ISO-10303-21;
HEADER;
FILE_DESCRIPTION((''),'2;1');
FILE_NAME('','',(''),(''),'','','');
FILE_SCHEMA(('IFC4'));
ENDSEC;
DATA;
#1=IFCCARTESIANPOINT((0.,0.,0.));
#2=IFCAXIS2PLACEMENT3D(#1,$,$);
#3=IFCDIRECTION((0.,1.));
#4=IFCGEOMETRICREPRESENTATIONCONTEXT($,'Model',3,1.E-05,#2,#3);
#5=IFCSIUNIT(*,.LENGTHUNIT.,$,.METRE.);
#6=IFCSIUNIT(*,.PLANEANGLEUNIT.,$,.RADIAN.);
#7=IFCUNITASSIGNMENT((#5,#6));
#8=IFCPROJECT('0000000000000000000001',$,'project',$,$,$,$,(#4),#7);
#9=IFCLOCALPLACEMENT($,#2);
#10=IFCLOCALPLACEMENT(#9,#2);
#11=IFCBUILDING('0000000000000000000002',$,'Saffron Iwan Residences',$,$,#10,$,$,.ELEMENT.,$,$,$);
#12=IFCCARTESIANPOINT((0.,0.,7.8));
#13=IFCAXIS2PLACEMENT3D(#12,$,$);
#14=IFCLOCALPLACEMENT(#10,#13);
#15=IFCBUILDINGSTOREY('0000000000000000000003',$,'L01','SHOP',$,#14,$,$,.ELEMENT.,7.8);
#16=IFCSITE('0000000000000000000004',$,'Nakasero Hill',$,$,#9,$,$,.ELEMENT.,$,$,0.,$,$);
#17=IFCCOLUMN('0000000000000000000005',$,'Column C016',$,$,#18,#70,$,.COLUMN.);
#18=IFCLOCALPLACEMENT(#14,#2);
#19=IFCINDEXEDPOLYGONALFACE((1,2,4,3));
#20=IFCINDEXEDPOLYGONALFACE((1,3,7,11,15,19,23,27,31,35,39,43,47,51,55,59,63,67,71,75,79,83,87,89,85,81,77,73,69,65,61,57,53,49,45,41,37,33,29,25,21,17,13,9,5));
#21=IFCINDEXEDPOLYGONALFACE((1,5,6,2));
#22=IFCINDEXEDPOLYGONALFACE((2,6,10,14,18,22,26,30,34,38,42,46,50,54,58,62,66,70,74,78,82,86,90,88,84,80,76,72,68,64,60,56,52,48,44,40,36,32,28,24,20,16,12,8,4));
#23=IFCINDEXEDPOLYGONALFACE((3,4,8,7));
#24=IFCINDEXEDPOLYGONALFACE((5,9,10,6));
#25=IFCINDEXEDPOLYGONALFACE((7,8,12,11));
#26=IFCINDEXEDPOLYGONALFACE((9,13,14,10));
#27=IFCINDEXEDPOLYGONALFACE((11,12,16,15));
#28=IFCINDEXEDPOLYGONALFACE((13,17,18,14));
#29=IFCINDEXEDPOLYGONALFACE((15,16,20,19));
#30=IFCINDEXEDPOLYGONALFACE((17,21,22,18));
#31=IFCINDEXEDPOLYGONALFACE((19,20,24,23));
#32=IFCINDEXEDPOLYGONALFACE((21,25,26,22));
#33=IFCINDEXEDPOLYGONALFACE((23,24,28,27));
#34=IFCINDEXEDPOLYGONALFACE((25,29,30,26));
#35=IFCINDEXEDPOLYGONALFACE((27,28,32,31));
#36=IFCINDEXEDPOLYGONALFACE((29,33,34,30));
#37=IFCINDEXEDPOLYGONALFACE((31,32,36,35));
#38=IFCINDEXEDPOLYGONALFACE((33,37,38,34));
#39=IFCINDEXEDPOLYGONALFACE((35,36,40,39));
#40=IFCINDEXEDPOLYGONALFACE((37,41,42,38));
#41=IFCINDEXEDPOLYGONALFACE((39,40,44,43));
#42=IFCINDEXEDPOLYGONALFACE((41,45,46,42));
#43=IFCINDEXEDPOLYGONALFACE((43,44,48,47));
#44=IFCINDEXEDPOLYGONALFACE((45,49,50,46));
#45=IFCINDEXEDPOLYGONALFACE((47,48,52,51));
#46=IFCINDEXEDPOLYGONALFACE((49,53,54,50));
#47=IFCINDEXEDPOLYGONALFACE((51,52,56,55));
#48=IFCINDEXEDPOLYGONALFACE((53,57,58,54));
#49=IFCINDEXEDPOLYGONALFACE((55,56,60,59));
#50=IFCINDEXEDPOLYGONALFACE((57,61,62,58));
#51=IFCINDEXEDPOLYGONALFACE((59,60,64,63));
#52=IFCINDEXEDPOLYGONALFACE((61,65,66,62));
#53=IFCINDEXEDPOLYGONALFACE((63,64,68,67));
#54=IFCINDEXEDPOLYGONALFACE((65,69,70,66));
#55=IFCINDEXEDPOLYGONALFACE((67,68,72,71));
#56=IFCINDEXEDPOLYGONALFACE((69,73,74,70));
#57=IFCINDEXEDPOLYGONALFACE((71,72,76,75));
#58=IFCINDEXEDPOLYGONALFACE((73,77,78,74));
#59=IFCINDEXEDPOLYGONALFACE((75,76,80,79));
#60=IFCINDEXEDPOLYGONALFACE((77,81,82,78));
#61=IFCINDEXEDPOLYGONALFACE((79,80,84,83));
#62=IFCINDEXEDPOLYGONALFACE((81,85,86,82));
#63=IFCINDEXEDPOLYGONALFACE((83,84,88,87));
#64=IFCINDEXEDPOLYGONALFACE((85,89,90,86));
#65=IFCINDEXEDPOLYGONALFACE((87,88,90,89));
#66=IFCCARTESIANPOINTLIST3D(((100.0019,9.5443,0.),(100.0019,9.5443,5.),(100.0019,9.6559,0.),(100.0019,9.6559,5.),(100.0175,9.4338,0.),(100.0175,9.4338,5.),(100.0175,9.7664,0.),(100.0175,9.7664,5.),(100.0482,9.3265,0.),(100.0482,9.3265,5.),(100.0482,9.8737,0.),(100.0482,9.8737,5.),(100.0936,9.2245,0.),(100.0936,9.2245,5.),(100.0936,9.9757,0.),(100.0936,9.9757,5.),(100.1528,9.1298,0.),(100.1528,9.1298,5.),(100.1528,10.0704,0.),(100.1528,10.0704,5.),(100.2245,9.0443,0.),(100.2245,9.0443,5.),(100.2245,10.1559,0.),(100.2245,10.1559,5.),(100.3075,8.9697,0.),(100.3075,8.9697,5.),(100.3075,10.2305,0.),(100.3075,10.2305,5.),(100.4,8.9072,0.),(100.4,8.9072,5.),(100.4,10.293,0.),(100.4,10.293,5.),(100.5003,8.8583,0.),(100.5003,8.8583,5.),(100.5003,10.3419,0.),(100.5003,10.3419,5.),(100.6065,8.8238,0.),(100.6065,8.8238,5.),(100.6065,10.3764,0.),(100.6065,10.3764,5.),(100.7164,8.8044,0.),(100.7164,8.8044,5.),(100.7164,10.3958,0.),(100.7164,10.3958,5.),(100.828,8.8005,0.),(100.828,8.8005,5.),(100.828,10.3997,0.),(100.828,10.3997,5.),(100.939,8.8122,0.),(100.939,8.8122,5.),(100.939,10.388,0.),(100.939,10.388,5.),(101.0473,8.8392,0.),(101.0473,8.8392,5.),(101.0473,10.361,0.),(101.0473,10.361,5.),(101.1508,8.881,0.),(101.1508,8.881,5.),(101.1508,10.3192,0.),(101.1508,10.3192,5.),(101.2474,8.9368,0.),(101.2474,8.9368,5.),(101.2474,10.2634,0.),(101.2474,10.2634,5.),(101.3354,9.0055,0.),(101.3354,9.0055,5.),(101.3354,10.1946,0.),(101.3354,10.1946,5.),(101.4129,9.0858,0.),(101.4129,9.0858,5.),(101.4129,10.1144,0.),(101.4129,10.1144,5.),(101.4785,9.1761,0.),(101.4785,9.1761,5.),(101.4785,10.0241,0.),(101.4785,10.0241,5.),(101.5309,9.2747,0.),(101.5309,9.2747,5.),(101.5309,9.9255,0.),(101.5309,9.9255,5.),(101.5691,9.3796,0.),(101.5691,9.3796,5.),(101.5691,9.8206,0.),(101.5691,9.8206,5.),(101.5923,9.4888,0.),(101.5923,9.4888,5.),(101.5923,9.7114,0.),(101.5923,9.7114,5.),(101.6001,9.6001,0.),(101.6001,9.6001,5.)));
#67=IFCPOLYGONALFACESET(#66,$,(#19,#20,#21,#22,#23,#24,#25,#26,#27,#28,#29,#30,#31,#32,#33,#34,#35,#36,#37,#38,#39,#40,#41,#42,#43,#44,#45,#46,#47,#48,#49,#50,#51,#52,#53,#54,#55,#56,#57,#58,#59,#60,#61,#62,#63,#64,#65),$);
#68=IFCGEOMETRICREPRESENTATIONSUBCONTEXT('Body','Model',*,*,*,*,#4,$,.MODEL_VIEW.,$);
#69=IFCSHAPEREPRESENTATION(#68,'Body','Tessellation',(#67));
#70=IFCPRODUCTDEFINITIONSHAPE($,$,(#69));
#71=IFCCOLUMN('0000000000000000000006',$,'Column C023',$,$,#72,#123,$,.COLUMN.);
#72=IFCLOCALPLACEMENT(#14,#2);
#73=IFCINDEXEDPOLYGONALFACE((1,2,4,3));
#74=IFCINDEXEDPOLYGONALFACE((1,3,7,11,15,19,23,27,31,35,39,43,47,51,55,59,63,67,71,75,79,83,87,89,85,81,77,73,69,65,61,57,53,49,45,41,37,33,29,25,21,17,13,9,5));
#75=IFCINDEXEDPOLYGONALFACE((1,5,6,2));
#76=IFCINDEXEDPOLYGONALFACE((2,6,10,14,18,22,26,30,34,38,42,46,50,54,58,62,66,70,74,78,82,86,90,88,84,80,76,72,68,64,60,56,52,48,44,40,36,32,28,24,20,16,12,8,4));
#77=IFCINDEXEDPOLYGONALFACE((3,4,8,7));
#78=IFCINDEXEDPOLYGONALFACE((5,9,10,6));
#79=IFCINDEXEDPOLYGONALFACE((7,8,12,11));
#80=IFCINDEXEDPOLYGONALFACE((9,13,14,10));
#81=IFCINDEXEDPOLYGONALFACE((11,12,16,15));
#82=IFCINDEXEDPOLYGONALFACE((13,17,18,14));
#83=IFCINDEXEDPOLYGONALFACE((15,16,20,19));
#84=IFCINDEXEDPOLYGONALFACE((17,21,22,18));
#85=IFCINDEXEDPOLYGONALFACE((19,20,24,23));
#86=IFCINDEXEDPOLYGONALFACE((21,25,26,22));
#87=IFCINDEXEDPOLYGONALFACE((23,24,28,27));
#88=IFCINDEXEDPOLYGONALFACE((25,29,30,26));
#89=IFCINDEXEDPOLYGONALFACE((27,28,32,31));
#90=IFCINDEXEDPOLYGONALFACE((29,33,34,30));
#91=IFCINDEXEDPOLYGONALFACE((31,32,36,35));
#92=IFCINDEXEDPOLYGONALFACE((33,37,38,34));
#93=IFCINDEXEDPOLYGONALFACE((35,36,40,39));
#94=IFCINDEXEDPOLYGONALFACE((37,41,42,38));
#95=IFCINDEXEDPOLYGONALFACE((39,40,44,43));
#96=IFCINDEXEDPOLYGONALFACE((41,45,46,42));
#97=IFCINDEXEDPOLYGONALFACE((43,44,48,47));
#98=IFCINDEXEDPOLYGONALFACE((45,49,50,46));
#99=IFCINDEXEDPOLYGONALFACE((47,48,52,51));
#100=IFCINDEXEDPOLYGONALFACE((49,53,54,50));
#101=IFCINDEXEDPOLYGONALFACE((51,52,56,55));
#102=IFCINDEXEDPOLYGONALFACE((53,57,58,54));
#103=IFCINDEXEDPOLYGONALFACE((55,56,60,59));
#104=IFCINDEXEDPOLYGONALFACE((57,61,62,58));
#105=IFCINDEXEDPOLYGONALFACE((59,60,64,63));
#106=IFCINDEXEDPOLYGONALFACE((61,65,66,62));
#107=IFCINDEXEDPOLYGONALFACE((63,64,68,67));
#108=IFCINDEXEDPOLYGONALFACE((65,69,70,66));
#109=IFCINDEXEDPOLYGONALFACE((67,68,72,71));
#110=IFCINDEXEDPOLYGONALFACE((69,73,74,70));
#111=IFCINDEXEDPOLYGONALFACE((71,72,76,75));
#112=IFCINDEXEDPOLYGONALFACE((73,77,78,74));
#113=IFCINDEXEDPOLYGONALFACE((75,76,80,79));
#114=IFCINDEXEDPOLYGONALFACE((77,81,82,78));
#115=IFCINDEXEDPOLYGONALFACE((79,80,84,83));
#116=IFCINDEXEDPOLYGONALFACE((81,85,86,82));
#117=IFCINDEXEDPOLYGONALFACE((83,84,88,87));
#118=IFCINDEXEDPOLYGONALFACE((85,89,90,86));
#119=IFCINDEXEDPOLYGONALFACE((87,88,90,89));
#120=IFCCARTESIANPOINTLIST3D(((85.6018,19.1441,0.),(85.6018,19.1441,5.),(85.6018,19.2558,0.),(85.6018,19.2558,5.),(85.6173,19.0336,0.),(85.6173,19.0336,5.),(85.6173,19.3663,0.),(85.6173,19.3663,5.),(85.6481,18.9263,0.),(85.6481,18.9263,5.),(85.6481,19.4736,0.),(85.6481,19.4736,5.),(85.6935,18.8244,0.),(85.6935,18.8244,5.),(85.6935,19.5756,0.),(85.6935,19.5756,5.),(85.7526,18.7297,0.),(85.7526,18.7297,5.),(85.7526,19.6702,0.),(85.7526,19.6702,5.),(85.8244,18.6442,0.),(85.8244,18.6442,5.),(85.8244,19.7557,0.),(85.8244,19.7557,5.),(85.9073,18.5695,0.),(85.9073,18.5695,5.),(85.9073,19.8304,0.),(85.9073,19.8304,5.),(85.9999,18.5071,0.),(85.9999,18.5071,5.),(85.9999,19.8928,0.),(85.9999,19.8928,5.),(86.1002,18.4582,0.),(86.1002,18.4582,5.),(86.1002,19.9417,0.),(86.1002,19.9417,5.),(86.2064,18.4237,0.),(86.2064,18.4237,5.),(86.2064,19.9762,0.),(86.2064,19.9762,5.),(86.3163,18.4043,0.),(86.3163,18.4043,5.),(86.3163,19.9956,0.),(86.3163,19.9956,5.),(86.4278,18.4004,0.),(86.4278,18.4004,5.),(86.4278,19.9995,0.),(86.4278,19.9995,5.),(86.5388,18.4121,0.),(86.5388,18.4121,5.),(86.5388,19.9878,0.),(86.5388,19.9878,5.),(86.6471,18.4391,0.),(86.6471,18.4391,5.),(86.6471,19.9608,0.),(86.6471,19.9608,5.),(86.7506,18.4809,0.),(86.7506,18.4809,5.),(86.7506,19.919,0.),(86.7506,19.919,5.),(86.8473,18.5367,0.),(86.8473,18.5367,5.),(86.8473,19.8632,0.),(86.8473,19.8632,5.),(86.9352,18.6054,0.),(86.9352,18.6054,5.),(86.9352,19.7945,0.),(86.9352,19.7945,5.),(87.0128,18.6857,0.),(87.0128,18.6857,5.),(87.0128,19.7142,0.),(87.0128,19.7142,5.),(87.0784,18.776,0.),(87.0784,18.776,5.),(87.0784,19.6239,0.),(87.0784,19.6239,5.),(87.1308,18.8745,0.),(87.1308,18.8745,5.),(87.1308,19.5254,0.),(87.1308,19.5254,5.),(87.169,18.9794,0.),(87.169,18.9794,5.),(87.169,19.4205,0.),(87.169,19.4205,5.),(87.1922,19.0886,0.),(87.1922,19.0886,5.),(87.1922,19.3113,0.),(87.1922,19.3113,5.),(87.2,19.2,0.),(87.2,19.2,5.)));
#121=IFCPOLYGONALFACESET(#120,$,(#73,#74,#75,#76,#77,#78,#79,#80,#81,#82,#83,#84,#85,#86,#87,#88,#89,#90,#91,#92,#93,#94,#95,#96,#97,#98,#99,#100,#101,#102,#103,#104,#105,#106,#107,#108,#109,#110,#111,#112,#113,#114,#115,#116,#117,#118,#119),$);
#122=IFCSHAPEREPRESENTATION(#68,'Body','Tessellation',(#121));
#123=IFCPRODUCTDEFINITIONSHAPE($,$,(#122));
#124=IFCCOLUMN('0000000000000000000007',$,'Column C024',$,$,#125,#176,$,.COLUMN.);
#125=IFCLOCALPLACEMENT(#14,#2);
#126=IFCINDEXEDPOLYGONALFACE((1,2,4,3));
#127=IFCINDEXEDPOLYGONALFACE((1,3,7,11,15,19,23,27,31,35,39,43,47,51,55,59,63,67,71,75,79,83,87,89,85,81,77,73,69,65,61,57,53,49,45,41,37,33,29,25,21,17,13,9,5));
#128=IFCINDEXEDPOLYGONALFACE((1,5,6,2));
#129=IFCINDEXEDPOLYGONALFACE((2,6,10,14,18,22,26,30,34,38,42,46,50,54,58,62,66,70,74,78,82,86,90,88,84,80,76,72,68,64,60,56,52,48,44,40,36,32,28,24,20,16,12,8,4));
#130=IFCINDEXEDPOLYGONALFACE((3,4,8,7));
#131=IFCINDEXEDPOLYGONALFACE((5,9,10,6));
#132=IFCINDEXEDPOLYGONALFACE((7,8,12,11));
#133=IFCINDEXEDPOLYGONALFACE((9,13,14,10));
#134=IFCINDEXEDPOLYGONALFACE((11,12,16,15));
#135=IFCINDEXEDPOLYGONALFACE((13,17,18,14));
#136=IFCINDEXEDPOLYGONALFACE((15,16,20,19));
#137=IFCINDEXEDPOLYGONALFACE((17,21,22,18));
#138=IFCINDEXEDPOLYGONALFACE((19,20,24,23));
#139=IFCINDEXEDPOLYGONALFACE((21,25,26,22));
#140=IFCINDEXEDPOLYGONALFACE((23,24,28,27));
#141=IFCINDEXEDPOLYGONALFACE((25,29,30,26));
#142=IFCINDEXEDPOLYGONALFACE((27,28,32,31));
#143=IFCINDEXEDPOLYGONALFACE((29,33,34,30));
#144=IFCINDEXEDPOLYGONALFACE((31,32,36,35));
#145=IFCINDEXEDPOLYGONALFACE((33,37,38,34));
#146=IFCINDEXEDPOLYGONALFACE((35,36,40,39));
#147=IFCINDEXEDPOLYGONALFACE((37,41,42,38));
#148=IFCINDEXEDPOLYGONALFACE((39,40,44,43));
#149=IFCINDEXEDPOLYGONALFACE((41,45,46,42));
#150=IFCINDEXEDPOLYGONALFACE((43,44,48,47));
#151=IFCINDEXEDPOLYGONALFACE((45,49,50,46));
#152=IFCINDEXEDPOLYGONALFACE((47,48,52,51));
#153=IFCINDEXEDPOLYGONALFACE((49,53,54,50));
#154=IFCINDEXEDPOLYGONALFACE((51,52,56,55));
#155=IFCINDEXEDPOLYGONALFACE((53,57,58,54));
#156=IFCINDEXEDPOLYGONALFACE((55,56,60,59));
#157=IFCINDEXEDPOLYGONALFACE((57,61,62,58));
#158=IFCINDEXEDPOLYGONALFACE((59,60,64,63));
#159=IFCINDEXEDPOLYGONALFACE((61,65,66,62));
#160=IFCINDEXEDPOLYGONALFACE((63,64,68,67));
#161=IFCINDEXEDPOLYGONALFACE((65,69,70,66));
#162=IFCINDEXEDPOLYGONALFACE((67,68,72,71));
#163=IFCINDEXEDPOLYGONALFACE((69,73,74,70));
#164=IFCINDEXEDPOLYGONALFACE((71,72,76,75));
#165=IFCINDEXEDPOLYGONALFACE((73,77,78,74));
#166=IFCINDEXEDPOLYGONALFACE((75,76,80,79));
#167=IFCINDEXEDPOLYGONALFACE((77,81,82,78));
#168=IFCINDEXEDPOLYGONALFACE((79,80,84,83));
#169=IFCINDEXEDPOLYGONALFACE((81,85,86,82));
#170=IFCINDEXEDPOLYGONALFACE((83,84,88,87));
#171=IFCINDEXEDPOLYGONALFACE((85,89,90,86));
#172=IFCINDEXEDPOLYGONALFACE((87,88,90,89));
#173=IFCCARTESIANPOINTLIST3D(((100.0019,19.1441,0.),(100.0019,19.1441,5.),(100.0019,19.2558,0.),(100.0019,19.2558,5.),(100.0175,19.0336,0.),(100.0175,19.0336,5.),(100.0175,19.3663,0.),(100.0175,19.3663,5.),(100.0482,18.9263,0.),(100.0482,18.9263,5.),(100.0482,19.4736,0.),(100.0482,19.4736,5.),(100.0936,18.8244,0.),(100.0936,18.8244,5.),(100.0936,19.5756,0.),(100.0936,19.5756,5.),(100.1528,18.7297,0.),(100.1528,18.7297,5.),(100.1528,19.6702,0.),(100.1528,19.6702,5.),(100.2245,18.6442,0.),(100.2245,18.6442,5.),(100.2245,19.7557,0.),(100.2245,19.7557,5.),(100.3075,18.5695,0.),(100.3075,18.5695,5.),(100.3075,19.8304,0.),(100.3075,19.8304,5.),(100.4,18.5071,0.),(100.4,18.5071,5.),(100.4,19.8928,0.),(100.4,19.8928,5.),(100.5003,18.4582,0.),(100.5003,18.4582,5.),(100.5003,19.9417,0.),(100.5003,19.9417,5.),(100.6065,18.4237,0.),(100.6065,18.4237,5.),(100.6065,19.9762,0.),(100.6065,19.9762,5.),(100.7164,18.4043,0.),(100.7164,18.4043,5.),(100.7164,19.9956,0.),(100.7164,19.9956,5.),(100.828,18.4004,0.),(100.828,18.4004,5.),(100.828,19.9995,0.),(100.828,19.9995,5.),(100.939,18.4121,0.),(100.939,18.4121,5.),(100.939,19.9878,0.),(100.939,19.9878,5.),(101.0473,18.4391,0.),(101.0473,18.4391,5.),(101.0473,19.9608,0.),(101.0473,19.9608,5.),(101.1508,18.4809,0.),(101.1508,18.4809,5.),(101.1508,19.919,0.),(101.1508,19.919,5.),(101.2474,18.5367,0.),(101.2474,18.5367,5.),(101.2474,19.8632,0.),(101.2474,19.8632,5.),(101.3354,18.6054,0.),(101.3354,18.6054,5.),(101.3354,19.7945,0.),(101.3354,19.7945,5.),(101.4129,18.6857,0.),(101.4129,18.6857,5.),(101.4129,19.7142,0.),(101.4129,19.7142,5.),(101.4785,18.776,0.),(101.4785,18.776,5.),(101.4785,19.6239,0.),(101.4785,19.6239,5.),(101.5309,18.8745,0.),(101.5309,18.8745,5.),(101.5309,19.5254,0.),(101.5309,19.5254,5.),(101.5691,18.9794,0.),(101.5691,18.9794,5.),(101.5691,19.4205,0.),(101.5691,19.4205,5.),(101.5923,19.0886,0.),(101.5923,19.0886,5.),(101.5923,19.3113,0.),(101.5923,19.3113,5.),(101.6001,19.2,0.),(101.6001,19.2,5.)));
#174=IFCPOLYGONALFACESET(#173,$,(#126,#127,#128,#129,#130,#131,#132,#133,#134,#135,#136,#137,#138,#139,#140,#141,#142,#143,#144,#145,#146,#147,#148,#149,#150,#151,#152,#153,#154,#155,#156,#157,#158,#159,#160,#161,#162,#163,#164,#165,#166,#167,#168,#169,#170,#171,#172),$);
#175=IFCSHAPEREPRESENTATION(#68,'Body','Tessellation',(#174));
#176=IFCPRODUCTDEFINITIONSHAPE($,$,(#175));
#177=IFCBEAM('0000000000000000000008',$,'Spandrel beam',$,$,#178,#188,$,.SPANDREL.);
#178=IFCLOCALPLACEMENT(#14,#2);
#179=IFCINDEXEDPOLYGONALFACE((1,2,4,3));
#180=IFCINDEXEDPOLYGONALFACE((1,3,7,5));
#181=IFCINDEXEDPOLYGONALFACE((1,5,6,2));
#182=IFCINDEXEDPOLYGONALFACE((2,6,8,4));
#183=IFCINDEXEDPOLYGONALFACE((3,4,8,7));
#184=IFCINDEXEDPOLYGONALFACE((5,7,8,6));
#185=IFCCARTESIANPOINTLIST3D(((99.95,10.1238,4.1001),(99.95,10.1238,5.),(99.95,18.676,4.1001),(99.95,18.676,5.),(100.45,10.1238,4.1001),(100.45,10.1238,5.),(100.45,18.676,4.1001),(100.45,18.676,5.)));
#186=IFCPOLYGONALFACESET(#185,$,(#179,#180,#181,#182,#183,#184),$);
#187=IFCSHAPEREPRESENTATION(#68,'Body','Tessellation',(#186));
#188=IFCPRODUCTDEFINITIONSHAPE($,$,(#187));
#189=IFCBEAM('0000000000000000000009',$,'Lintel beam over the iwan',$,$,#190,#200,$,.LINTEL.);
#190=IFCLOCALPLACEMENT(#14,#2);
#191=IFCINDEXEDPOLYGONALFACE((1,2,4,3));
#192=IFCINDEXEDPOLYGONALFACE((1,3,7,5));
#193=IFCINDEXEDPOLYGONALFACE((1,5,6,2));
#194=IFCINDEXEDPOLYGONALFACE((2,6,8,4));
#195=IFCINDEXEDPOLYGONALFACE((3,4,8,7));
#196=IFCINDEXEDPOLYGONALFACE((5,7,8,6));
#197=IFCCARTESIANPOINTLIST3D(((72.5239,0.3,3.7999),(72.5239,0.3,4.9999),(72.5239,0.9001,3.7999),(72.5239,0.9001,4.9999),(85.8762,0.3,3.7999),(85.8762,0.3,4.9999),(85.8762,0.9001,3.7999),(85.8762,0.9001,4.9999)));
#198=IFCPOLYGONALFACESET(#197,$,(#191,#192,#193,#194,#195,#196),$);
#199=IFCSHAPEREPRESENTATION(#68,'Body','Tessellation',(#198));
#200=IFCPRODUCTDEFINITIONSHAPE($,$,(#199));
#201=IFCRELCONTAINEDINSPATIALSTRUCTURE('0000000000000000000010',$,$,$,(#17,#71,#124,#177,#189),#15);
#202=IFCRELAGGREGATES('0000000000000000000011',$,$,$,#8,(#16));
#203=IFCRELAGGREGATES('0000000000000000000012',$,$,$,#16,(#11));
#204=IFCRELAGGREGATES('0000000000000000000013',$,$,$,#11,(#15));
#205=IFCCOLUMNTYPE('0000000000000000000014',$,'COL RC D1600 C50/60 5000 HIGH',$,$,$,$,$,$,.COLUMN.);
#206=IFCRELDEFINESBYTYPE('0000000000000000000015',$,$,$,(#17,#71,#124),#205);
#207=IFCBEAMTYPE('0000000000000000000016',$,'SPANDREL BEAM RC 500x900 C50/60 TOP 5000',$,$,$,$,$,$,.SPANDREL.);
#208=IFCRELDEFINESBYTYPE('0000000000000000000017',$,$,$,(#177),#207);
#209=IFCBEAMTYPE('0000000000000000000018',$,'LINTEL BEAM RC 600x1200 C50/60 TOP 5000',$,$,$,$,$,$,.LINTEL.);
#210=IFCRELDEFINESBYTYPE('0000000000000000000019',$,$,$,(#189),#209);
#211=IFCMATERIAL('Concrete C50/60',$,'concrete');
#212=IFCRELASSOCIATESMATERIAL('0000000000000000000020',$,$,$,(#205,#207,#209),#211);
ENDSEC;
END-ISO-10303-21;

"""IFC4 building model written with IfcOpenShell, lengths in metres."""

from ifc_helpers import new_model, si_unit, direction, frame, origin, origin_2d, place, context, subcontext, project, spatial, rectangle, circle, extrude, source, transform, mapped, material, material_profile, profile_set, type_object, element, save


model = new_model("IFC4")

# Units and contexts
model_context = context("Model", 3, precision=1e-05, world=origin(), true_north=direction((0.0, 1.0)))
body_context = subcontext(model_context, "Body", "Model", "MODEL_VIEW")
ifc_project = project(units=[si_unit("LENGTHUNIT", "METRE"), si_unit("PLANEANGLEUNIT", "RADIAN")], contexts=[model_context])

# Site, building, storey
site_placement = place(None, origin())
site = spatial("IfcSite", under=ifc_project, at=site_placement, Name="Nakasero Hill", CompositionType="ELEMENT", RefElevation=0.0)
building_placement = place(site_placement, origin())
building = spatial("IfcBuilding", under=site, at=building_placement, Name="Saffron Iwan Residences", CompositionType="ELEMENT")
storey_placement = place(building_placement, frame((0.0, 0.0, 7.8)))
storey = spatial("IfcBuildingStorey", under=building, at=storey_placement, Name="L01", Description="SHOP", CompositionType="ELEMENT", Elevation=7.8)

# Columns
ifc_material_1 = material(Name="Concrete C50/60", Category="concrete")
ifc_material_profile_1 = material_profile(ifc_material_1, circle(Radius=0.8, at=origin_2d()), Name="RC D1600")
ifc_profile_set_1 = profile_set([ifc_material_profile_1], Name="Concrete C50/60")
column_type = type_object("IfcColumnType", Name="COL RC D1600 C50/60 5000 HIGH", PredefinedType="COLUMN", material=ifc_profile_set_1)
shared_shape_1 = source(origin(), body_context, "Body", "SweptSolid", [
    extrude(circle(Radius=0.8, at=origin_2d()), origin(), (0.0, 0.0, 1.0), 5.0),
])
for number, where, z_axis, x_axis, name in (
    (1, (100.8, 9.6001, 0.0), (0.0, 0.0, 1.0), (1.0, 0.0, 0.0), "Column C016"),
    (2, (86.3999, 19.2, 0.0), (0.0, 0.0, 1.0), (1.0, 0.0, 0.0), "Column C023"),
    (3, (100.8, 19.2, 0.0), (0.0, 0.0, 1.0), (1.0, 0.0, 0.0), "Column C024"),
):
    element("IfcColumn", number, at=place(storey_placement, frame(where, z_axis=z_axis, x_axis=x_axis)), inside=storey, type_object=column_type, Name=name, PredefinedType="COLUMN", context=body_context, shape_type="MappedRepresentation", body=[
        mapped(shared_shape_1, transform((0.0, 0.0, 0.0))),
    ])

# Beams
ifc_material_profile_2 = material_profile(ifc_material_1, rectangle(XDim=0.5, YDim=0.8999, at=origin_2d()), Name="RC 500x900")
ifc_profile_set_2 = profile_set([ifc_material_profile_2], Name="Concrete C50/60")
beam_type_1 = type_object("IfcBeamType", Name="SPANDREL BEAM RC 500x900 C50/60 TOP 5000", PredefinedType="SPANDREL", material=ifc_profile_set_2)
shared_shape_2 = source(origin(), body_context, "Body", "SweptSolid", [
    extrude(rectangle(XDim=0.5, YDim=0.8999, at=origin_2d()), origin(), (0.0, 0.0, 1.0), 8.5522),
])
beam_placement = place(storey_placement, frame((100.2, 18.676, 4.55), z_axis=(0.0, -1.0, 0.0), x_axis=(1.0, 0.0, 0.0)))
element("IfcBeam", 4, at=beam_placement, inside=storey, type_object=beam_type_1, Name="Spandrel beam", PredefinedType="SPANDREL", context=body_context, shape_type="MappedRepresentation", body=[
    mapped(shared_shape_2, transform((0.0, 0.0, 0.0))),
])
ifc_material_profile_3 = material_profile(ifc_material_1, rectangle(XDim=0.6001, YDim=1.2, at=origin_2d()), Name="RC 600x1200")
ifc_profile_set_3 = profile_set([ifc_material_profile_3], Name="Concrete C50/60")
beam_type_2 = type_object("IfcBeamType", Name="LINTEL BEAM RC 600x1200 C50/60 TOP 5000", PredefinedType="LINTEL", material=ifc_profile_set_3)
shared_shape_3 = source(origin(), body_context, "Body", "SweptSolid", [
    extrude(rectangle(XDim=0.6001, YDim=1.2, at=origin_2d()), origin(), (0.0, 0.0, 1.0), 13.3523),
])
for number, where, z_axis, x_axis, name in (
    (5, (85.8762, 0.6001, 4.3999), (-1.0, 0.0, 0.0), (0.0, -1.0, 0.0), "Lintel beam over the iwan"),
):
    element("IfcBeam", number, at=place(storey_placement, frame(where, z_axis=z_axis, x_axis=x_axis)), inside=storey, type_object=beam_type_2, Name=name, PredefinedType="LINTEL", context=body_context, shape_type="MappedRepresentation", body=[
        mapped(shared_shape_3, transform((0.0, 0.0, 0.0))),
    ])

save(model, "model.ifc")
